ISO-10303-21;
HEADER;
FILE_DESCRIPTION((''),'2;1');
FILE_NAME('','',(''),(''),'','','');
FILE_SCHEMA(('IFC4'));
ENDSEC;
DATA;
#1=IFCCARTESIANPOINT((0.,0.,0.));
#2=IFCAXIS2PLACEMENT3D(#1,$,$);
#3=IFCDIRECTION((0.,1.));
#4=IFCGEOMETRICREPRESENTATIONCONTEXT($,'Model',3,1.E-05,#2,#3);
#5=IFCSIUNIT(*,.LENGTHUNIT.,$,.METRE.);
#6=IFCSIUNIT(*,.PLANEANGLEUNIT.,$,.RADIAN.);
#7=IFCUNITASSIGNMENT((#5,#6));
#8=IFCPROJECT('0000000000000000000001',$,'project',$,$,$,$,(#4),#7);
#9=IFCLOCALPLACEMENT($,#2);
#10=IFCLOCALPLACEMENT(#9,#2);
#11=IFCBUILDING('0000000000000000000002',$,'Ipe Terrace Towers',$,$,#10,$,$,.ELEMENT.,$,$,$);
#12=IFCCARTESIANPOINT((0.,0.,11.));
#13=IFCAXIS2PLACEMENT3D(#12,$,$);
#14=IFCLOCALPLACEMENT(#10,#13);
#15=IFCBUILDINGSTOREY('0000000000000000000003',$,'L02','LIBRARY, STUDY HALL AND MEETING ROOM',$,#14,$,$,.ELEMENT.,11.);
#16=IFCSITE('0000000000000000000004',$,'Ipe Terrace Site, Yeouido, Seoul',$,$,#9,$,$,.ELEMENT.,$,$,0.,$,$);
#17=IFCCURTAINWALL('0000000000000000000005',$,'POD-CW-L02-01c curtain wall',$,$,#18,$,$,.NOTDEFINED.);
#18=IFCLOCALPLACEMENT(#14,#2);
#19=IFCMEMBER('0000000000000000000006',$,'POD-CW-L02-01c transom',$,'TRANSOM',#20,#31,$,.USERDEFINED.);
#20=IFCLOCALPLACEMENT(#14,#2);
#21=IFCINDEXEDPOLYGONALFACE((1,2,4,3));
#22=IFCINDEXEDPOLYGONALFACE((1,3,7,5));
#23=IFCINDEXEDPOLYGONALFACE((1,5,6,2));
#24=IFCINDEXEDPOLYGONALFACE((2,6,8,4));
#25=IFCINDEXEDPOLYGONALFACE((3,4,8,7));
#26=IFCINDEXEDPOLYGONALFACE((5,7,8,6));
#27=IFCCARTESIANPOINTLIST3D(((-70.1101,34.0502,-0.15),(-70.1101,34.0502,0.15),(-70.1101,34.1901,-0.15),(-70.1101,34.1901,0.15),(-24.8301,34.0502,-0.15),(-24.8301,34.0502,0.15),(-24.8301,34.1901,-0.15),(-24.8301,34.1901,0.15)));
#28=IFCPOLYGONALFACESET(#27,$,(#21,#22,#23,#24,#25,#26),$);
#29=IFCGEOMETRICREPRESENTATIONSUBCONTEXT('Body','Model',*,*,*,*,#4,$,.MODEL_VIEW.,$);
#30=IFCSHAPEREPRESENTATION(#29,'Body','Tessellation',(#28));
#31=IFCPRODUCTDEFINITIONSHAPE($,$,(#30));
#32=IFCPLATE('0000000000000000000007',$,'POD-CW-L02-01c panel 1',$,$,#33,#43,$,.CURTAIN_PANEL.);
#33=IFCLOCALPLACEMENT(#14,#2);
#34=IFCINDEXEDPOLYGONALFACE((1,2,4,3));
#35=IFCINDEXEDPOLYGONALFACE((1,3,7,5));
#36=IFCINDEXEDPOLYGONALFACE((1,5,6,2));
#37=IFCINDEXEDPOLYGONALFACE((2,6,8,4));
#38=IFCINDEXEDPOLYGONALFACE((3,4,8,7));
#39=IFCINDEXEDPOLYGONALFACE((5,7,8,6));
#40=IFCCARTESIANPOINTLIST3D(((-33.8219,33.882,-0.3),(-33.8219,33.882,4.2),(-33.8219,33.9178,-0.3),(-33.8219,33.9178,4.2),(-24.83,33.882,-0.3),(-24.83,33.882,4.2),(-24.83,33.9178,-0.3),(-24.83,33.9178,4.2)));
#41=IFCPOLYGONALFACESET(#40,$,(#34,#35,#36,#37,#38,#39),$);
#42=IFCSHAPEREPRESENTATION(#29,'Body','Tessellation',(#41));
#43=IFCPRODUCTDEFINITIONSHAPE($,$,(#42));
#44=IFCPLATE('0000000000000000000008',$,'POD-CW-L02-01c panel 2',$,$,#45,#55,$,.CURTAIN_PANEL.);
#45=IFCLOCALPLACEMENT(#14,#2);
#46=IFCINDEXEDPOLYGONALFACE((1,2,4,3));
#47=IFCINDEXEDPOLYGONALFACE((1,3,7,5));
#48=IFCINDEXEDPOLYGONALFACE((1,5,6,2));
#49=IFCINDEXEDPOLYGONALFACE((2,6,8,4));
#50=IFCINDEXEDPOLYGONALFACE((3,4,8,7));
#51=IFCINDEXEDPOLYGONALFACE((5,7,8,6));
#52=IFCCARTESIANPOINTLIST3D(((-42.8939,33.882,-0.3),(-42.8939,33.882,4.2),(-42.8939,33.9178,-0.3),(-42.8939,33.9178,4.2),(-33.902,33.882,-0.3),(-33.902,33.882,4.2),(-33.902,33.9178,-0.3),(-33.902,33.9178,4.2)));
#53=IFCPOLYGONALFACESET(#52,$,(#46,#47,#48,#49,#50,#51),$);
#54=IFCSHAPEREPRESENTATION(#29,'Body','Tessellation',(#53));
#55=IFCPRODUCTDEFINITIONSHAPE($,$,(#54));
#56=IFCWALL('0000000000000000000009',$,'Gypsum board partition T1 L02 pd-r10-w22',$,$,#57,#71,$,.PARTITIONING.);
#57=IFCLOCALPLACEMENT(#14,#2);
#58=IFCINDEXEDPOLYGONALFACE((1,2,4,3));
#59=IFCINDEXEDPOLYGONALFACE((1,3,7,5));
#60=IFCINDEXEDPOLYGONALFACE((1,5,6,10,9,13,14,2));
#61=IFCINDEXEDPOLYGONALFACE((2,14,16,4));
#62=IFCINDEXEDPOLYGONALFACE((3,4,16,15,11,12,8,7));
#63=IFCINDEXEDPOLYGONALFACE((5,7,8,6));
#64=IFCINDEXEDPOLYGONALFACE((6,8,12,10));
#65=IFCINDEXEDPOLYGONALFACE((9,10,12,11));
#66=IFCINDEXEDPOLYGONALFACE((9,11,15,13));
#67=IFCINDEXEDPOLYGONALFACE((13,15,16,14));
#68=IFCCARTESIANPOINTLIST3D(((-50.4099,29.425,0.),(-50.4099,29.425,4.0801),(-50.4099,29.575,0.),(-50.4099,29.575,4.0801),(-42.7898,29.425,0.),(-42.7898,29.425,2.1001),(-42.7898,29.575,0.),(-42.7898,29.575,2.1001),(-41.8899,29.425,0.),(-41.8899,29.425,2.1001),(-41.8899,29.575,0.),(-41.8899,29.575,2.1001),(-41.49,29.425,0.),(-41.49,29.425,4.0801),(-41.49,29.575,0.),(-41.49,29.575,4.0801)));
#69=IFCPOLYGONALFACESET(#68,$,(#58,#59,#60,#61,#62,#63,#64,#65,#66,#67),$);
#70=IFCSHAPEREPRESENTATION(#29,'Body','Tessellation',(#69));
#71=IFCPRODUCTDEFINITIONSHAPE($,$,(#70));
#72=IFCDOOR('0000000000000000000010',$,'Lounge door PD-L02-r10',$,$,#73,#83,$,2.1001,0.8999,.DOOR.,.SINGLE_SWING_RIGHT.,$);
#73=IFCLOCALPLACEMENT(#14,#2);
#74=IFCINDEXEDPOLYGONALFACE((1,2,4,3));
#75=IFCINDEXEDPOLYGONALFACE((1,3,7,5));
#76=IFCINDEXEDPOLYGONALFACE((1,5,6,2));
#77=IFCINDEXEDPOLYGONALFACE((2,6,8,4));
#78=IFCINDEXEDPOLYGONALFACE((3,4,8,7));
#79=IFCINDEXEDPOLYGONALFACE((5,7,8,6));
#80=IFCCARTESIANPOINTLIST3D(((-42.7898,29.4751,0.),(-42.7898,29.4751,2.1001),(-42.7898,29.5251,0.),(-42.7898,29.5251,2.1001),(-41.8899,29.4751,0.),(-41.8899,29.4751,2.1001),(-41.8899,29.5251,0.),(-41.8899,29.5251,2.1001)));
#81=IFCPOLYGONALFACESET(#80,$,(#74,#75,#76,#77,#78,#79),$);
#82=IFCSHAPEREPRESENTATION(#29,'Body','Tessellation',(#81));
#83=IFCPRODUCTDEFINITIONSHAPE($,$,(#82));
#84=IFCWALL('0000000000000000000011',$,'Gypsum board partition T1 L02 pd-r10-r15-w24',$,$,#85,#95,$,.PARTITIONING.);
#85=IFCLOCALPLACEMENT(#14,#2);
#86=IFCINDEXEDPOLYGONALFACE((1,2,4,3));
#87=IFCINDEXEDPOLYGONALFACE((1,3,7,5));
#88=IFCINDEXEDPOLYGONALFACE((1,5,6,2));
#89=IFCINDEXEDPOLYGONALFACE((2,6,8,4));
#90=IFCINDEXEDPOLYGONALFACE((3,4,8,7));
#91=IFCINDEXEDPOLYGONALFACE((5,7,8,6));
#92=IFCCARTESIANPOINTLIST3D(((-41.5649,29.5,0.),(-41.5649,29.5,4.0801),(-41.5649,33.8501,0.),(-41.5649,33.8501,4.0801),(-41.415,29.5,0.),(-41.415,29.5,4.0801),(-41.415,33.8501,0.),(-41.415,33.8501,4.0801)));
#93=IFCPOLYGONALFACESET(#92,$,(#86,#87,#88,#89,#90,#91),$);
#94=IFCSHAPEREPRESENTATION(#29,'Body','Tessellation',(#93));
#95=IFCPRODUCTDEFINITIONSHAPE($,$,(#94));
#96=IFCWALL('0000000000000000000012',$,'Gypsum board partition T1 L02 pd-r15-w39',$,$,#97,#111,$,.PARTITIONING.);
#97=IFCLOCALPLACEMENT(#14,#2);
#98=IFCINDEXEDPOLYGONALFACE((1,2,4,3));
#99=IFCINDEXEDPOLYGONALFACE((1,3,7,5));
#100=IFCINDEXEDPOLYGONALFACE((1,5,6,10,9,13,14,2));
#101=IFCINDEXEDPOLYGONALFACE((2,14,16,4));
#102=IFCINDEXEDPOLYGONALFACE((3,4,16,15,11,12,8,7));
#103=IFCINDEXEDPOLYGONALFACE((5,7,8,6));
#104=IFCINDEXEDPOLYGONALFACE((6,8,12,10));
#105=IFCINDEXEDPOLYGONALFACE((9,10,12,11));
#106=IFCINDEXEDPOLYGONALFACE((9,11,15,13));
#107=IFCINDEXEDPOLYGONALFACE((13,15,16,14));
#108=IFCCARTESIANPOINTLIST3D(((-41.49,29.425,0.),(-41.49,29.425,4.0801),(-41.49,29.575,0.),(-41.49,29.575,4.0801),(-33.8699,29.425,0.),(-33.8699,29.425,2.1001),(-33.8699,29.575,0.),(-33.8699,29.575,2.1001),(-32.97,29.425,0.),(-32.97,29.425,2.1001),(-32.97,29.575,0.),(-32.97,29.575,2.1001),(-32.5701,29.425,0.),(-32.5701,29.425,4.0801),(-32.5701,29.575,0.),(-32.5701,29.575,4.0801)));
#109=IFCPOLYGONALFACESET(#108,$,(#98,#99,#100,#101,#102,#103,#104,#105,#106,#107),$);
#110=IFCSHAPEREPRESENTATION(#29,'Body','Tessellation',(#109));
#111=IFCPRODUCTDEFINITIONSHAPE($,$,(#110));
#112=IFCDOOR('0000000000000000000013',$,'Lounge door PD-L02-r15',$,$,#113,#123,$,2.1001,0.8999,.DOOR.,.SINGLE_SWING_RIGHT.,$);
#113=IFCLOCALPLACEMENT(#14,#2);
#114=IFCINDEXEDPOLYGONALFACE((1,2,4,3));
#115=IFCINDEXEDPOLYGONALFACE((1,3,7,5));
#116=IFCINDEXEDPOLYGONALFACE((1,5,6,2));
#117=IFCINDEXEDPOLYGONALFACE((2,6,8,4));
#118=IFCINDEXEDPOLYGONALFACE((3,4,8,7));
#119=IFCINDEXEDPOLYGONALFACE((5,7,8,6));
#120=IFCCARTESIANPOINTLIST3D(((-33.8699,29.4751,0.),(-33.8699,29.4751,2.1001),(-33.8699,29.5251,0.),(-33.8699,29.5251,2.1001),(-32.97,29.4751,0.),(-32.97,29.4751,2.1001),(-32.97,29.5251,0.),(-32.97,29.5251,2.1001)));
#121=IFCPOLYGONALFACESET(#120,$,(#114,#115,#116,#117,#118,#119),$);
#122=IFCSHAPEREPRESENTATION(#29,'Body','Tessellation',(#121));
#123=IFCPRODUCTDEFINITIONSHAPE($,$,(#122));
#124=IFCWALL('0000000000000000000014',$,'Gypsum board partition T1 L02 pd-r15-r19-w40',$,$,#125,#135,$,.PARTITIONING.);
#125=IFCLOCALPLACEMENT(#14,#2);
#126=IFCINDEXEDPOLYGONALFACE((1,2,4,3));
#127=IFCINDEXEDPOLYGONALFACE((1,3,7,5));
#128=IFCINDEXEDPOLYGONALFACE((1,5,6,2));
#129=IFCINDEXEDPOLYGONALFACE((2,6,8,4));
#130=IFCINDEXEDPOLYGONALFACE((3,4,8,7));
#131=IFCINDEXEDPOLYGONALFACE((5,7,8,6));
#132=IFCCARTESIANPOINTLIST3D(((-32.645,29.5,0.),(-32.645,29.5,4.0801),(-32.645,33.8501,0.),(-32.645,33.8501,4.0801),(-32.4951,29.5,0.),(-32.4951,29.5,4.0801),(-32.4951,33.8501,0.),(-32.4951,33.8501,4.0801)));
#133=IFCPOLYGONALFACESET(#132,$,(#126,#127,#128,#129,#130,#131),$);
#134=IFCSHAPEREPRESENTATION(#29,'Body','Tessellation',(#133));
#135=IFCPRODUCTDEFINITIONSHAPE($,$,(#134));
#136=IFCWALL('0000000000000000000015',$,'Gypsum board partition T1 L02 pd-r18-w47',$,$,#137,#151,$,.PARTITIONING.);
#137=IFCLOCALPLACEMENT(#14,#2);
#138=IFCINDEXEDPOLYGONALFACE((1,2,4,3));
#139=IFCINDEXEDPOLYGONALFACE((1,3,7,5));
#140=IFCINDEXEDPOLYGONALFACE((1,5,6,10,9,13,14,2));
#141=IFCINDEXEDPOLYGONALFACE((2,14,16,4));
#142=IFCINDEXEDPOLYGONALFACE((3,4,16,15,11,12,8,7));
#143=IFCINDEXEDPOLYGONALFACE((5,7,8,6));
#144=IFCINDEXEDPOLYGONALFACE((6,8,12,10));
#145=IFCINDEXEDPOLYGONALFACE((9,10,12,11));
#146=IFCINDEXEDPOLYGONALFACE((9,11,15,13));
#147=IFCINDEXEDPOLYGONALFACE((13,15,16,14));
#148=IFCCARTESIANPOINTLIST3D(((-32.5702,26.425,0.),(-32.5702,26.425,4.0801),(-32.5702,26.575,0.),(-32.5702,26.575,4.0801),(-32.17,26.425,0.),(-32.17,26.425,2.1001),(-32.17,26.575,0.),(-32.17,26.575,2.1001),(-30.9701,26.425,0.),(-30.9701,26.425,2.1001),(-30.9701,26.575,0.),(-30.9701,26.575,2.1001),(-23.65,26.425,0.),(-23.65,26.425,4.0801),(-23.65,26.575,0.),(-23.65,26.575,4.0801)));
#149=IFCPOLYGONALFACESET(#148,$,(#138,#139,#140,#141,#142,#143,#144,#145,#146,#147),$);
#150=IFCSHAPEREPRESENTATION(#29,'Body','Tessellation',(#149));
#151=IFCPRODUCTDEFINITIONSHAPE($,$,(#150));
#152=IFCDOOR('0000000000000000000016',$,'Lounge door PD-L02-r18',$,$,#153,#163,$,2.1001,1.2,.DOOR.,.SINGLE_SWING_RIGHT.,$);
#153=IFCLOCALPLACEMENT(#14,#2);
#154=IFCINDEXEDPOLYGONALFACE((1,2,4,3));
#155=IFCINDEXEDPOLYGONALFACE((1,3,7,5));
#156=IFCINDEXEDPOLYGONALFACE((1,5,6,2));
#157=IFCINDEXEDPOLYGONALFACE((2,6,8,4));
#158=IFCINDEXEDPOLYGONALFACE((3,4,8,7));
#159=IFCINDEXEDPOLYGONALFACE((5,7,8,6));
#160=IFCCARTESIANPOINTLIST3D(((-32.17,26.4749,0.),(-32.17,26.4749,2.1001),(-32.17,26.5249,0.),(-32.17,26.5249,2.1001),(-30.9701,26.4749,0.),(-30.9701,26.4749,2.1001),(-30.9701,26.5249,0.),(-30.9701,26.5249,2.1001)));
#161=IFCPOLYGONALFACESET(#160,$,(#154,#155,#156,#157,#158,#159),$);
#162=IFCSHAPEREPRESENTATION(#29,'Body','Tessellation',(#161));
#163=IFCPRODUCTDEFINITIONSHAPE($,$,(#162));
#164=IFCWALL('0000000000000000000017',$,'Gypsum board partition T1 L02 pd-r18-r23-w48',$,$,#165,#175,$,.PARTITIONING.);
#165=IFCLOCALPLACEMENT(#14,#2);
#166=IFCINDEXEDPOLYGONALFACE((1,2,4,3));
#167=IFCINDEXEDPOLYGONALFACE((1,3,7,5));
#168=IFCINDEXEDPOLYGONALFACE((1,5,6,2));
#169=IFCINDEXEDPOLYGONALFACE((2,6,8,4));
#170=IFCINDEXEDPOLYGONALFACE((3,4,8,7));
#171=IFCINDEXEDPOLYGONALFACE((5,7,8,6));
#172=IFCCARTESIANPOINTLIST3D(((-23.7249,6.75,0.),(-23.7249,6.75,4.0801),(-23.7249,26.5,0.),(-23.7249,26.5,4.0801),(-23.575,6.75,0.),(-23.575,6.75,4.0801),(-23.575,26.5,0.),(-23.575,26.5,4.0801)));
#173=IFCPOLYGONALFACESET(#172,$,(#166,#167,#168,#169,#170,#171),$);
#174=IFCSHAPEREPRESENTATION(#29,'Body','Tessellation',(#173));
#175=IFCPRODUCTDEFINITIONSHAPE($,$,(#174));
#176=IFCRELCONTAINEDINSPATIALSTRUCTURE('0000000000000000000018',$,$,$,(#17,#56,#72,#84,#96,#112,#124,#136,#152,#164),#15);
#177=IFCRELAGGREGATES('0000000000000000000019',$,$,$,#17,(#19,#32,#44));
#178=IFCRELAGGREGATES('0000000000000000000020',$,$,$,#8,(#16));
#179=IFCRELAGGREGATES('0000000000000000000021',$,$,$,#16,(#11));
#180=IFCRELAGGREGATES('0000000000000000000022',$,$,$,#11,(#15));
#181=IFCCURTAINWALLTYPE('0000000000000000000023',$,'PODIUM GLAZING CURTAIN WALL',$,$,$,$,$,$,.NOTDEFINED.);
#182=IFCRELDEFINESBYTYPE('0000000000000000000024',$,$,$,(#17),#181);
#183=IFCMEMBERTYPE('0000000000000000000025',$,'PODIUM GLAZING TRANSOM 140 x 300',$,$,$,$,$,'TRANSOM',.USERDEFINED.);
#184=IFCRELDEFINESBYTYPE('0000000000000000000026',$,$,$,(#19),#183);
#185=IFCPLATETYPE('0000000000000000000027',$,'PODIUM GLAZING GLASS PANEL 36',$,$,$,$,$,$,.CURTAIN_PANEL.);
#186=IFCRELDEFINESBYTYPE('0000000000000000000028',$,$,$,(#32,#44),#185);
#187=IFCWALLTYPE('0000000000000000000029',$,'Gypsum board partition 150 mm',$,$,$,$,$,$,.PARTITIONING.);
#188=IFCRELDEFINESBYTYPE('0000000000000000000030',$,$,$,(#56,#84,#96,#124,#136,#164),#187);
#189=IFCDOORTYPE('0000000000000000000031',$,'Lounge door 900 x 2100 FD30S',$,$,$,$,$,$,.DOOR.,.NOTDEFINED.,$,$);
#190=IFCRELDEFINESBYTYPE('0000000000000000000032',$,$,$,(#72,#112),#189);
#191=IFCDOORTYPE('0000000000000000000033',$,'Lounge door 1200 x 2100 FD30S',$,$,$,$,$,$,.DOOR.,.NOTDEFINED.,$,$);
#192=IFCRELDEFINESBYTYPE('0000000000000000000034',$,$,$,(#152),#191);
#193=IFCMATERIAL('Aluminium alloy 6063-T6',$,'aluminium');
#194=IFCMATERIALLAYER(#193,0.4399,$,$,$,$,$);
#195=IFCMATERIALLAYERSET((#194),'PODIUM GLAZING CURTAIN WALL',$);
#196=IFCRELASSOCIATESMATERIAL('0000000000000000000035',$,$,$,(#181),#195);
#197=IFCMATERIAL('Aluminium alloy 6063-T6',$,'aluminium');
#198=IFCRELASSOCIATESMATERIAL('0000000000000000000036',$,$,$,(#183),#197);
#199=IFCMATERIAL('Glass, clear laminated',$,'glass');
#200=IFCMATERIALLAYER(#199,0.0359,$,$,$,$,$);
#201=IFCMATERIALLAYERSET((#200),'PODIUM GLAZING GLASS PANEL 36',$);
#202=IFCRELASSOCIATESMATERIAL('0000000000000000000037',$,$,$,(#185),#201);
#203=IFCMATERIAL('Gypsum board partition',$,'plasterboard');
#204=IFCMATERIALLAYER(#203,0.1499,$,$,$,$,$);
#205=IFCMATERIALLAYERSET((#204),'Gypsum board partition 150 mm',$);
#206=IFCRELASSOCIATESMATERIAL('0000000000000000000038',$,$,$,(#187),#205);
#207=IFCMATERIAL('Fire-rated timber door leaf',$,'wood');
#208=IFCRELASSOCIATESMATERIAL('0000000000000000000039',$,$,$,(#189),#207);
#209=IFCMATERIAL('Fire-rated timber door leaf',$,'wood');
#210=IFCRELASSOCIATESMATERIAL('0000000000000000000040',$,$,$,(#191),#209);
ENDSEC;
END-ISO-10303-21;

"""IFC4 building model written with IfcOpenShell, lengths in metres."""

from ifc_helpers import new_model, si_unit, direction, frame, frame_2d, origin, origin_2d, place, context, subcontext, project, spatial, rectangle, extrude, material, layer, layer_set, material_profile, profile_set, type_object, element, fill, aggregate, save


model = new_model("IFC4")

# Units and contexts
model_context = context("Model", 3, precision=1e-05, world=origin(), true_north=direction((0.0, 1.0)))
body_context = subcontext(model_context, "Body", "Model", "MODEL_VIEW")
ifc_project = project(units=[si_unit("LENGTHUNIT", "METRE"), si_unit("PLANEANGLEUNIT", "RADIAN")], contexts=[model_context])

# Site, building, storey
site_placement = place(None, origin())
site = spatial("IfcSite", under=ifc_project, at=site_placement, Name="Ipe Terrace Site, Yeouido, Seoul", CompositionType="ELEMENT", RefElevation=0.0)
building_placement = place(site_placement, origin())
building = spatial("IfcBuilding", under=site, at=building_placement, Name="Ipe Terrace Towers", CompositionType="ELEMENT")
storey_placement = place(building_placement, frame((0.0, 0.0, 11.0)))
storey = spatial("IfcBuildingStorey", under=building, at=storey_placement, Name="L02", Description="LIBRARY, STUDY HALL AND MEETING ROOM", CompositionType="ELEMENT", Elevation=11.0)

# Shared definitions
ifc_material_1 = material(Name="Aluminium alloy 6063-T6", Category="aluminium")
ifc_layer_1 = layer(ifc_material_1, 0.4399)
ifc_layer_set_1 = layer_set([ifc_layer_1], Name="PODIUM GLAZING CURTAIN WALL")
curtain_wall_type = type_object("IfcCurtainWallType", Name="PODIUM GLAZING CURTAIN WALL", PredefinedType="NOTDEFINED", material=ifc_layer_set_1)

# Curtain wall, member, plates
curtain_wall_1_placement = place(storey_placement, origin())
curtain_wall_1 = element("IfcCurtainWall", 1, at=curtain_wall_1_placement, inside=storey, type_object=curtain_wall_type, Name="POD-CW-L02-01c curtain wall", PredefinedType="NOTDEFINED")
ifc_material_2 = material(Name="Aluminium alloy 6063-T6", Category="aluminium")
ifc_material_profile_1 = material_profile(ifc_material_2, rectangle(XDim=0.1399, YDim=0.3, at=origin_2d()), Name="PODIUM GLAZING TRANSOM 140 x 300")
ifc_profile_set_1 = profile_set([ifc_material_profile_1], Name="Aluminium alloy 6063-T6")
member_type_1 = type_object("IfcMemberType", Name="PODIUM GLAZING TRANSOM 140 x 300", ElementType="TRANSOM", PredefinedType="USERDEFINED", material=ifc_profile_set_1)
member_1_placement = place(storey_placement, frame((-24.8301, 34.1201, 0.0), z_axis=(-1.0, 0.0, 0.0), x_axis=(0.0, 1.0, 0.0)))
member_1 = element("IfcMember", 2, at=member_1_placement, type_object=member_type_1, Name="POD-CW-L02-01c transom", ObjectType="TRANSOM", PredefinedType="USERDEFINED", context=body_context, shape_type="SweptSolid", body=[
    extrude(rectangle(XDim=0.1399, YDim=0.3, at=origin_2d()), origin(), (0.0, 0.0, 1.0), 45.28),
])
ifc_material_3 = material(Name="Glass, clear laminated", Category="glass")
ifc_layer_2 = layer(ifc_material_3, 0.0359)
ifc_layer_set_2 = layer_set([ifc_layer_2], Name="PODIUM GLAZING GLASS PANEL 36")
plate_type = type_object("IfcPlateType", Name="PODIUM GLAZING GLASS PANEL 36", PredefinedType="CURTAIN_PANEL", material=ifc_layer_set_2)
plate_1_placement = place(storey_placement, frame((-29.3259, 33.8999, -0.3), z_axis=(0.0, 0.0, 1.0), x_axis=(-1.0, 0.0, 0.0)))
plate_1 = element("IfcPlate", 3, at=plate_1_placement, type_object=plate_type, Name="POD-CW-L02-01c panel 1", PredefinedType="CURTAIN_PANEL", context=body_context, shape_type="SweptSolid", body=[
    extrude(rectangle(XDim=8.9919, YDim=0.0359, at=origin_2d()), origin(), (0.0, 0.0, 1.0), 4.5),
])
plate_2_placement = place(storey_placement, frame((-38.3979, 33.8999, -0.3), z_axis=(0.0, 0.0, 1.0), x_axis=(-1.0, 0.0, 0.0)))
plate_2 = element("IfcPlate", 4, at=plate_2_placement, type_object=plate_type, Name="POD-CW-L02-01c panel 2", PredefinedType="CURTAIN_PANEL", context=body_context, shape_type="SweptSolid", body=[
    extrude(rectangle(XDim=8.9919, YDim=0.0359, at=origin_2d()), origin(), (0.0, 0.0, 1.0), 4.5),
])
aggregate(curtain_wall_1, [member_1, plate_1, plate_2])

# Wall, opening, door
ifc_material_4 = material(Name="Gypsum board partition", Category="plasterboard")
ifc_layer_3 = layer(ifc_material_4, 0.1499)
ifc_layer_set_3 = layer_set([ifc_layer_3], Name="Gypsum board partition 150 mm")
wall_type = type_object("IfcWallType", Name="Gypsum board partition 150 mm", PredefinedType="PARTITIONING", material=ifc_layer_set_3)
wall_1_placement = place(storey_placement, frame((-41.49, 29.5, 0.0), z_axis=(0.0, 0.0, 1.0), x_axis=(-1.0, 0.0, 0.0)))
wall_1 = element("IfcWall", 5, at=wall_1_placement, inside=storey, type_object=wall_type, Name="Gypsum board partition T1 L02 pd-r10-w22", PredefinedType="PARTITIONING", context=body_context, shape_type="SweptSolid", body=[
    extrude(rectangle(XDim=8.9199, YDim=0.1499, at=frame_2d((4.46, 0.0))), origin(), (0.0, 0.0, 1.0), 4.0801),
])
opening_1_placement = place(wall_1_placement, frame((0.3999, 0.0, 0.0)))
opening_1 = element("IfcOpeningElement", 6, at=opening_1_placement, cuts=wall_1, PredefinedType="OPENING", context=body_context, shape_type="SweptSolid", body=[
    extrude(rectangle(XDim=0.8999, YDim=2.1001, at=frame_2d((0.45, 1.05))), frame((0.0, 0.085, 0.0), z_axis=(0.0, -1.0, 0.0), x_axis=(1.0, 0.0, 0.0)), (0.0, 0.0, 1.0), 0.1699),
])
ifc_material_5 = material(Name="Fire-rated timber door leaf", Category="wood")
door_type_1 = type_object("IfcDoorType", Name="Lounge door 900 x 2100 FD30S", OperationType="NOTDEFINED", PredefinedType="DOOR", material=ifc_material_5)
door_1_placement = place(opening_1_placement, origin())
door_1 = element("IfcDoor", 7, at=door_1_placement, inside=storey, type_object=door_type_1, Name="Lounge door PD-L02-r10", OperationType="SINGLE_SWING_RIGHT", OverallHeight=2.1001, OverallWidth=0.8999, PredefinedType="DOOR", context=body_context, shape_type="SweptSolid", body=[
    extrude(rectangle(XDim=0.8999, YDim=2.1001, at=frame_2d((0.45, 1.05))), frame((0.0, 0.0249, 0.0), z_axis=(0.0, -1.0, 0.0), x_axis=(1.0, 0.0, 0.0)), (0.0, 0.0, 1.0), 0.05),
])
fill(opening_1, door_1)

# Wall
wall_2_placement = place(storey_placement, frame((-41.49, 33.8501, 0.0), z_axis=(0.0, 0.0, 1.0), x_axis=(0.0, -1.0, 0.0)))
element("IfcWall", 8, at=wall_2_placement, inside=storey, type_object=wall_type, Name="Gypsum board partition T1 L02 pd-r10-r15-w24", PredefinedType="PARTITIONING", context=body_context, shape_type="SweptSolid", body=[
    extrude(rectangle(XDim=4.3501, YDim=0.1499, at=frame_2d((2.175, 0.0))), origin(), (0.0, 0.0, 1.0), 4.0801),
])

# Wall, opening, door
wall_3_placement = place(storey_placement, frame((-32.5701, 29.5, 0.0), z_axis=(0.0, 0.0, 1.0), x_axis=(-1.0, 0.0, 0.0)))
wall_3 = element("IfcWall", 9, at=wall_3_placement, inside=storey, type_object=wall_type, Name="Gypsum board partition T1 L02 pd-r15-w39", PredefinedType="PARTITIONING", context=body_context, shape_type="SweptSolid", body=[
    extrude(rectangle(XDim=8.9199, YDim=0.1499, at=frame_2d((4.46, 0.0))), origin(), (0.0, 0.0, 1.0), 4.0801),
])
opening_2_placement = place(wall_3_placement, frame((0.3999, 0.0, 0.0)))
opening_2 = element("IfcOpeningElement", 10, at=opening_2_placement, cuts=wall_3, PredefinedType="OPENING", context=body_context, shape_type="SweptSolid", body=[
    extrude(rectangle(XDim=0.8999, YDim=2.1001, at=frame_2d((0.45, 1.05))), frame((0.0, 0.085, 0.0), z_axis=(0.0, -1.0, 0.0), x_axis=(1.0, 0.0, 0.0)), (0.0, 0.0, 1.0), 0.1699),
])
door_2_placement = place(opening_2_placement, origin())
door_2 = element("IfcDoor", 11, at=door_2_placement, inside=storey, type_object=door_type_1, Name="Lounge door PD-L02-r15", OperationType="SINGLE_SWING_RIGHT", OverallHeight=2.1001, OverallWidth=0.8999, PredefinedType="DOOR", context=body_context, shape_type="SweptSolid", body=[
    extrude(rectangle(XDim=0.8999, YDim=2.1001, at=frame_2d((0.45, 1.05))), frame((0.0, 0.0249, 0.0), z_axis=(0.0, -1.0, 0.0), x_axis=(1.0, 0.0, 0.0)), (0.0, 0.0, 1.0), 0.05),
])
fill(opening_2, door_2)

# Wall
wall_4_placement = place(storey_placement, frame((-32.5701, 33.8501, 0.0), z_axis=(0.0, 0.0, 1.0), x_axis=(0.0, -1.0, 0.0)))
element("IfcWall", 12, at=wall_4_placement, inside=storey, type_object=wall_type, Name="Gypsum board partition T1 L02 pd-r15-r19-w40", PredefinedType="PARTITIONING", context=body_context, shape_type="SweptSolid", body=[
    extrude(rectangle(XDim=4.3501, YDim=0.1499, at=frame_2d((2.175, 0.0))), origin(), (0.0, 0.0, 1.0), 4.0801),
])

# Wall, opening, door
wall_5_placement = place(storey_placement, frame((-32.5701, 26.5, 0.0), z_axis=(0.0, 0.0, 1.0), x_axis=(1.0, 0.0, 0.0)))
wall_5 = element("IfcWall", 13, at=wall_5_placement, inside=storey, type_object=wall_type, Name="Gypsum board partition T1 L02 pd-r18-w47", PredefinedType="PARTITIONING", context=body_context, shape_type="SweptSolid", body=[
    extrude(rectangle(XDim=8.9202, YDim=0.1499, at=frame_2d((4.46, 0.0))), origin(), (0.0, 0.0, 1.0), 4.0801),
])
opening_3_placement = place(wall_5_placement, frame((0.3999, 0.0, 0.0)))
opening_3 = element("IfcOpeningElement", 14, at=opening_3_placement, cuts=wall_5, PredefinedType="OPENING", context=body_context, shape_type="SweptSolid", body=[
    extrude(rectangle(XDim=1.2, YDim=2.1001, at=frame_2d((0.6001, 1.05))), frame((0.0, 0.085, 0.0), z_axis=(0.0, -1.0, 0.0), x_axis=(1.0, 0.0, 0.0)), (0.0, 0.0, 1.0), 0.1699),
])
ifc_material_6 = material(Name="Fire-rated timber door leaf", Category="wood")
door_type_2 = type_object("IfcDoorType", Name="Lounge door 1200 x 2100 FD30S", OperationType="NOTDEFINED", PredefinedType="DOOR", material=ifc_material_6)
door_3_placement = place(opening_3_placement, origin())
door_3 = element("IfcDoor", 15, at=door_3_placement, inside=storey, type_object=door_type_2, Name="Lounge door PD-L02-r18", OperationType="SINGLE_SWING_RIGHT", OverallHeight=2.1001, OverallWidth=1.2, PredefinedType="DOOR", context=body_context, shape_type="SweptSolid", body=[
    extrude(rectangle(XDim=1.2, YDim=2.1001, at=frame_2d((0.6001, 1.05))), frame((0.0, 0.0249, 0.0), z_axis=(0.0, -1.0, 0.0), x_axis=(1.0, 0.0, 0.0)), (0.0, 0.0, 1.0), 0.05),
])
fill(opening_3, door_3)

# Wall
wall_6_placement = place(storey_placement, frame((-23.6499, 26.5, 0.0), z_axis=(0.0, 0.0, 1.0), x_axis=(0.0, -1.0, 0.0)))
element("IfcWall", 16, at=wall_6_placement, inside=storey, type_object=wall_type, Name="Gypsum board partition T1 L02 pd-r18-r23-w48", PredefinedType="PARTITIONING", context=body_context, shape_type="SweptSolid", body=[
    extrude(rectangle(XDim=19.75, YDim=0.1499, at=frame_2d((9.875, 0.0))), origin(), (0.0, 0.0, 1.0), 4.0801),
])

save(model, "model.ifc")
